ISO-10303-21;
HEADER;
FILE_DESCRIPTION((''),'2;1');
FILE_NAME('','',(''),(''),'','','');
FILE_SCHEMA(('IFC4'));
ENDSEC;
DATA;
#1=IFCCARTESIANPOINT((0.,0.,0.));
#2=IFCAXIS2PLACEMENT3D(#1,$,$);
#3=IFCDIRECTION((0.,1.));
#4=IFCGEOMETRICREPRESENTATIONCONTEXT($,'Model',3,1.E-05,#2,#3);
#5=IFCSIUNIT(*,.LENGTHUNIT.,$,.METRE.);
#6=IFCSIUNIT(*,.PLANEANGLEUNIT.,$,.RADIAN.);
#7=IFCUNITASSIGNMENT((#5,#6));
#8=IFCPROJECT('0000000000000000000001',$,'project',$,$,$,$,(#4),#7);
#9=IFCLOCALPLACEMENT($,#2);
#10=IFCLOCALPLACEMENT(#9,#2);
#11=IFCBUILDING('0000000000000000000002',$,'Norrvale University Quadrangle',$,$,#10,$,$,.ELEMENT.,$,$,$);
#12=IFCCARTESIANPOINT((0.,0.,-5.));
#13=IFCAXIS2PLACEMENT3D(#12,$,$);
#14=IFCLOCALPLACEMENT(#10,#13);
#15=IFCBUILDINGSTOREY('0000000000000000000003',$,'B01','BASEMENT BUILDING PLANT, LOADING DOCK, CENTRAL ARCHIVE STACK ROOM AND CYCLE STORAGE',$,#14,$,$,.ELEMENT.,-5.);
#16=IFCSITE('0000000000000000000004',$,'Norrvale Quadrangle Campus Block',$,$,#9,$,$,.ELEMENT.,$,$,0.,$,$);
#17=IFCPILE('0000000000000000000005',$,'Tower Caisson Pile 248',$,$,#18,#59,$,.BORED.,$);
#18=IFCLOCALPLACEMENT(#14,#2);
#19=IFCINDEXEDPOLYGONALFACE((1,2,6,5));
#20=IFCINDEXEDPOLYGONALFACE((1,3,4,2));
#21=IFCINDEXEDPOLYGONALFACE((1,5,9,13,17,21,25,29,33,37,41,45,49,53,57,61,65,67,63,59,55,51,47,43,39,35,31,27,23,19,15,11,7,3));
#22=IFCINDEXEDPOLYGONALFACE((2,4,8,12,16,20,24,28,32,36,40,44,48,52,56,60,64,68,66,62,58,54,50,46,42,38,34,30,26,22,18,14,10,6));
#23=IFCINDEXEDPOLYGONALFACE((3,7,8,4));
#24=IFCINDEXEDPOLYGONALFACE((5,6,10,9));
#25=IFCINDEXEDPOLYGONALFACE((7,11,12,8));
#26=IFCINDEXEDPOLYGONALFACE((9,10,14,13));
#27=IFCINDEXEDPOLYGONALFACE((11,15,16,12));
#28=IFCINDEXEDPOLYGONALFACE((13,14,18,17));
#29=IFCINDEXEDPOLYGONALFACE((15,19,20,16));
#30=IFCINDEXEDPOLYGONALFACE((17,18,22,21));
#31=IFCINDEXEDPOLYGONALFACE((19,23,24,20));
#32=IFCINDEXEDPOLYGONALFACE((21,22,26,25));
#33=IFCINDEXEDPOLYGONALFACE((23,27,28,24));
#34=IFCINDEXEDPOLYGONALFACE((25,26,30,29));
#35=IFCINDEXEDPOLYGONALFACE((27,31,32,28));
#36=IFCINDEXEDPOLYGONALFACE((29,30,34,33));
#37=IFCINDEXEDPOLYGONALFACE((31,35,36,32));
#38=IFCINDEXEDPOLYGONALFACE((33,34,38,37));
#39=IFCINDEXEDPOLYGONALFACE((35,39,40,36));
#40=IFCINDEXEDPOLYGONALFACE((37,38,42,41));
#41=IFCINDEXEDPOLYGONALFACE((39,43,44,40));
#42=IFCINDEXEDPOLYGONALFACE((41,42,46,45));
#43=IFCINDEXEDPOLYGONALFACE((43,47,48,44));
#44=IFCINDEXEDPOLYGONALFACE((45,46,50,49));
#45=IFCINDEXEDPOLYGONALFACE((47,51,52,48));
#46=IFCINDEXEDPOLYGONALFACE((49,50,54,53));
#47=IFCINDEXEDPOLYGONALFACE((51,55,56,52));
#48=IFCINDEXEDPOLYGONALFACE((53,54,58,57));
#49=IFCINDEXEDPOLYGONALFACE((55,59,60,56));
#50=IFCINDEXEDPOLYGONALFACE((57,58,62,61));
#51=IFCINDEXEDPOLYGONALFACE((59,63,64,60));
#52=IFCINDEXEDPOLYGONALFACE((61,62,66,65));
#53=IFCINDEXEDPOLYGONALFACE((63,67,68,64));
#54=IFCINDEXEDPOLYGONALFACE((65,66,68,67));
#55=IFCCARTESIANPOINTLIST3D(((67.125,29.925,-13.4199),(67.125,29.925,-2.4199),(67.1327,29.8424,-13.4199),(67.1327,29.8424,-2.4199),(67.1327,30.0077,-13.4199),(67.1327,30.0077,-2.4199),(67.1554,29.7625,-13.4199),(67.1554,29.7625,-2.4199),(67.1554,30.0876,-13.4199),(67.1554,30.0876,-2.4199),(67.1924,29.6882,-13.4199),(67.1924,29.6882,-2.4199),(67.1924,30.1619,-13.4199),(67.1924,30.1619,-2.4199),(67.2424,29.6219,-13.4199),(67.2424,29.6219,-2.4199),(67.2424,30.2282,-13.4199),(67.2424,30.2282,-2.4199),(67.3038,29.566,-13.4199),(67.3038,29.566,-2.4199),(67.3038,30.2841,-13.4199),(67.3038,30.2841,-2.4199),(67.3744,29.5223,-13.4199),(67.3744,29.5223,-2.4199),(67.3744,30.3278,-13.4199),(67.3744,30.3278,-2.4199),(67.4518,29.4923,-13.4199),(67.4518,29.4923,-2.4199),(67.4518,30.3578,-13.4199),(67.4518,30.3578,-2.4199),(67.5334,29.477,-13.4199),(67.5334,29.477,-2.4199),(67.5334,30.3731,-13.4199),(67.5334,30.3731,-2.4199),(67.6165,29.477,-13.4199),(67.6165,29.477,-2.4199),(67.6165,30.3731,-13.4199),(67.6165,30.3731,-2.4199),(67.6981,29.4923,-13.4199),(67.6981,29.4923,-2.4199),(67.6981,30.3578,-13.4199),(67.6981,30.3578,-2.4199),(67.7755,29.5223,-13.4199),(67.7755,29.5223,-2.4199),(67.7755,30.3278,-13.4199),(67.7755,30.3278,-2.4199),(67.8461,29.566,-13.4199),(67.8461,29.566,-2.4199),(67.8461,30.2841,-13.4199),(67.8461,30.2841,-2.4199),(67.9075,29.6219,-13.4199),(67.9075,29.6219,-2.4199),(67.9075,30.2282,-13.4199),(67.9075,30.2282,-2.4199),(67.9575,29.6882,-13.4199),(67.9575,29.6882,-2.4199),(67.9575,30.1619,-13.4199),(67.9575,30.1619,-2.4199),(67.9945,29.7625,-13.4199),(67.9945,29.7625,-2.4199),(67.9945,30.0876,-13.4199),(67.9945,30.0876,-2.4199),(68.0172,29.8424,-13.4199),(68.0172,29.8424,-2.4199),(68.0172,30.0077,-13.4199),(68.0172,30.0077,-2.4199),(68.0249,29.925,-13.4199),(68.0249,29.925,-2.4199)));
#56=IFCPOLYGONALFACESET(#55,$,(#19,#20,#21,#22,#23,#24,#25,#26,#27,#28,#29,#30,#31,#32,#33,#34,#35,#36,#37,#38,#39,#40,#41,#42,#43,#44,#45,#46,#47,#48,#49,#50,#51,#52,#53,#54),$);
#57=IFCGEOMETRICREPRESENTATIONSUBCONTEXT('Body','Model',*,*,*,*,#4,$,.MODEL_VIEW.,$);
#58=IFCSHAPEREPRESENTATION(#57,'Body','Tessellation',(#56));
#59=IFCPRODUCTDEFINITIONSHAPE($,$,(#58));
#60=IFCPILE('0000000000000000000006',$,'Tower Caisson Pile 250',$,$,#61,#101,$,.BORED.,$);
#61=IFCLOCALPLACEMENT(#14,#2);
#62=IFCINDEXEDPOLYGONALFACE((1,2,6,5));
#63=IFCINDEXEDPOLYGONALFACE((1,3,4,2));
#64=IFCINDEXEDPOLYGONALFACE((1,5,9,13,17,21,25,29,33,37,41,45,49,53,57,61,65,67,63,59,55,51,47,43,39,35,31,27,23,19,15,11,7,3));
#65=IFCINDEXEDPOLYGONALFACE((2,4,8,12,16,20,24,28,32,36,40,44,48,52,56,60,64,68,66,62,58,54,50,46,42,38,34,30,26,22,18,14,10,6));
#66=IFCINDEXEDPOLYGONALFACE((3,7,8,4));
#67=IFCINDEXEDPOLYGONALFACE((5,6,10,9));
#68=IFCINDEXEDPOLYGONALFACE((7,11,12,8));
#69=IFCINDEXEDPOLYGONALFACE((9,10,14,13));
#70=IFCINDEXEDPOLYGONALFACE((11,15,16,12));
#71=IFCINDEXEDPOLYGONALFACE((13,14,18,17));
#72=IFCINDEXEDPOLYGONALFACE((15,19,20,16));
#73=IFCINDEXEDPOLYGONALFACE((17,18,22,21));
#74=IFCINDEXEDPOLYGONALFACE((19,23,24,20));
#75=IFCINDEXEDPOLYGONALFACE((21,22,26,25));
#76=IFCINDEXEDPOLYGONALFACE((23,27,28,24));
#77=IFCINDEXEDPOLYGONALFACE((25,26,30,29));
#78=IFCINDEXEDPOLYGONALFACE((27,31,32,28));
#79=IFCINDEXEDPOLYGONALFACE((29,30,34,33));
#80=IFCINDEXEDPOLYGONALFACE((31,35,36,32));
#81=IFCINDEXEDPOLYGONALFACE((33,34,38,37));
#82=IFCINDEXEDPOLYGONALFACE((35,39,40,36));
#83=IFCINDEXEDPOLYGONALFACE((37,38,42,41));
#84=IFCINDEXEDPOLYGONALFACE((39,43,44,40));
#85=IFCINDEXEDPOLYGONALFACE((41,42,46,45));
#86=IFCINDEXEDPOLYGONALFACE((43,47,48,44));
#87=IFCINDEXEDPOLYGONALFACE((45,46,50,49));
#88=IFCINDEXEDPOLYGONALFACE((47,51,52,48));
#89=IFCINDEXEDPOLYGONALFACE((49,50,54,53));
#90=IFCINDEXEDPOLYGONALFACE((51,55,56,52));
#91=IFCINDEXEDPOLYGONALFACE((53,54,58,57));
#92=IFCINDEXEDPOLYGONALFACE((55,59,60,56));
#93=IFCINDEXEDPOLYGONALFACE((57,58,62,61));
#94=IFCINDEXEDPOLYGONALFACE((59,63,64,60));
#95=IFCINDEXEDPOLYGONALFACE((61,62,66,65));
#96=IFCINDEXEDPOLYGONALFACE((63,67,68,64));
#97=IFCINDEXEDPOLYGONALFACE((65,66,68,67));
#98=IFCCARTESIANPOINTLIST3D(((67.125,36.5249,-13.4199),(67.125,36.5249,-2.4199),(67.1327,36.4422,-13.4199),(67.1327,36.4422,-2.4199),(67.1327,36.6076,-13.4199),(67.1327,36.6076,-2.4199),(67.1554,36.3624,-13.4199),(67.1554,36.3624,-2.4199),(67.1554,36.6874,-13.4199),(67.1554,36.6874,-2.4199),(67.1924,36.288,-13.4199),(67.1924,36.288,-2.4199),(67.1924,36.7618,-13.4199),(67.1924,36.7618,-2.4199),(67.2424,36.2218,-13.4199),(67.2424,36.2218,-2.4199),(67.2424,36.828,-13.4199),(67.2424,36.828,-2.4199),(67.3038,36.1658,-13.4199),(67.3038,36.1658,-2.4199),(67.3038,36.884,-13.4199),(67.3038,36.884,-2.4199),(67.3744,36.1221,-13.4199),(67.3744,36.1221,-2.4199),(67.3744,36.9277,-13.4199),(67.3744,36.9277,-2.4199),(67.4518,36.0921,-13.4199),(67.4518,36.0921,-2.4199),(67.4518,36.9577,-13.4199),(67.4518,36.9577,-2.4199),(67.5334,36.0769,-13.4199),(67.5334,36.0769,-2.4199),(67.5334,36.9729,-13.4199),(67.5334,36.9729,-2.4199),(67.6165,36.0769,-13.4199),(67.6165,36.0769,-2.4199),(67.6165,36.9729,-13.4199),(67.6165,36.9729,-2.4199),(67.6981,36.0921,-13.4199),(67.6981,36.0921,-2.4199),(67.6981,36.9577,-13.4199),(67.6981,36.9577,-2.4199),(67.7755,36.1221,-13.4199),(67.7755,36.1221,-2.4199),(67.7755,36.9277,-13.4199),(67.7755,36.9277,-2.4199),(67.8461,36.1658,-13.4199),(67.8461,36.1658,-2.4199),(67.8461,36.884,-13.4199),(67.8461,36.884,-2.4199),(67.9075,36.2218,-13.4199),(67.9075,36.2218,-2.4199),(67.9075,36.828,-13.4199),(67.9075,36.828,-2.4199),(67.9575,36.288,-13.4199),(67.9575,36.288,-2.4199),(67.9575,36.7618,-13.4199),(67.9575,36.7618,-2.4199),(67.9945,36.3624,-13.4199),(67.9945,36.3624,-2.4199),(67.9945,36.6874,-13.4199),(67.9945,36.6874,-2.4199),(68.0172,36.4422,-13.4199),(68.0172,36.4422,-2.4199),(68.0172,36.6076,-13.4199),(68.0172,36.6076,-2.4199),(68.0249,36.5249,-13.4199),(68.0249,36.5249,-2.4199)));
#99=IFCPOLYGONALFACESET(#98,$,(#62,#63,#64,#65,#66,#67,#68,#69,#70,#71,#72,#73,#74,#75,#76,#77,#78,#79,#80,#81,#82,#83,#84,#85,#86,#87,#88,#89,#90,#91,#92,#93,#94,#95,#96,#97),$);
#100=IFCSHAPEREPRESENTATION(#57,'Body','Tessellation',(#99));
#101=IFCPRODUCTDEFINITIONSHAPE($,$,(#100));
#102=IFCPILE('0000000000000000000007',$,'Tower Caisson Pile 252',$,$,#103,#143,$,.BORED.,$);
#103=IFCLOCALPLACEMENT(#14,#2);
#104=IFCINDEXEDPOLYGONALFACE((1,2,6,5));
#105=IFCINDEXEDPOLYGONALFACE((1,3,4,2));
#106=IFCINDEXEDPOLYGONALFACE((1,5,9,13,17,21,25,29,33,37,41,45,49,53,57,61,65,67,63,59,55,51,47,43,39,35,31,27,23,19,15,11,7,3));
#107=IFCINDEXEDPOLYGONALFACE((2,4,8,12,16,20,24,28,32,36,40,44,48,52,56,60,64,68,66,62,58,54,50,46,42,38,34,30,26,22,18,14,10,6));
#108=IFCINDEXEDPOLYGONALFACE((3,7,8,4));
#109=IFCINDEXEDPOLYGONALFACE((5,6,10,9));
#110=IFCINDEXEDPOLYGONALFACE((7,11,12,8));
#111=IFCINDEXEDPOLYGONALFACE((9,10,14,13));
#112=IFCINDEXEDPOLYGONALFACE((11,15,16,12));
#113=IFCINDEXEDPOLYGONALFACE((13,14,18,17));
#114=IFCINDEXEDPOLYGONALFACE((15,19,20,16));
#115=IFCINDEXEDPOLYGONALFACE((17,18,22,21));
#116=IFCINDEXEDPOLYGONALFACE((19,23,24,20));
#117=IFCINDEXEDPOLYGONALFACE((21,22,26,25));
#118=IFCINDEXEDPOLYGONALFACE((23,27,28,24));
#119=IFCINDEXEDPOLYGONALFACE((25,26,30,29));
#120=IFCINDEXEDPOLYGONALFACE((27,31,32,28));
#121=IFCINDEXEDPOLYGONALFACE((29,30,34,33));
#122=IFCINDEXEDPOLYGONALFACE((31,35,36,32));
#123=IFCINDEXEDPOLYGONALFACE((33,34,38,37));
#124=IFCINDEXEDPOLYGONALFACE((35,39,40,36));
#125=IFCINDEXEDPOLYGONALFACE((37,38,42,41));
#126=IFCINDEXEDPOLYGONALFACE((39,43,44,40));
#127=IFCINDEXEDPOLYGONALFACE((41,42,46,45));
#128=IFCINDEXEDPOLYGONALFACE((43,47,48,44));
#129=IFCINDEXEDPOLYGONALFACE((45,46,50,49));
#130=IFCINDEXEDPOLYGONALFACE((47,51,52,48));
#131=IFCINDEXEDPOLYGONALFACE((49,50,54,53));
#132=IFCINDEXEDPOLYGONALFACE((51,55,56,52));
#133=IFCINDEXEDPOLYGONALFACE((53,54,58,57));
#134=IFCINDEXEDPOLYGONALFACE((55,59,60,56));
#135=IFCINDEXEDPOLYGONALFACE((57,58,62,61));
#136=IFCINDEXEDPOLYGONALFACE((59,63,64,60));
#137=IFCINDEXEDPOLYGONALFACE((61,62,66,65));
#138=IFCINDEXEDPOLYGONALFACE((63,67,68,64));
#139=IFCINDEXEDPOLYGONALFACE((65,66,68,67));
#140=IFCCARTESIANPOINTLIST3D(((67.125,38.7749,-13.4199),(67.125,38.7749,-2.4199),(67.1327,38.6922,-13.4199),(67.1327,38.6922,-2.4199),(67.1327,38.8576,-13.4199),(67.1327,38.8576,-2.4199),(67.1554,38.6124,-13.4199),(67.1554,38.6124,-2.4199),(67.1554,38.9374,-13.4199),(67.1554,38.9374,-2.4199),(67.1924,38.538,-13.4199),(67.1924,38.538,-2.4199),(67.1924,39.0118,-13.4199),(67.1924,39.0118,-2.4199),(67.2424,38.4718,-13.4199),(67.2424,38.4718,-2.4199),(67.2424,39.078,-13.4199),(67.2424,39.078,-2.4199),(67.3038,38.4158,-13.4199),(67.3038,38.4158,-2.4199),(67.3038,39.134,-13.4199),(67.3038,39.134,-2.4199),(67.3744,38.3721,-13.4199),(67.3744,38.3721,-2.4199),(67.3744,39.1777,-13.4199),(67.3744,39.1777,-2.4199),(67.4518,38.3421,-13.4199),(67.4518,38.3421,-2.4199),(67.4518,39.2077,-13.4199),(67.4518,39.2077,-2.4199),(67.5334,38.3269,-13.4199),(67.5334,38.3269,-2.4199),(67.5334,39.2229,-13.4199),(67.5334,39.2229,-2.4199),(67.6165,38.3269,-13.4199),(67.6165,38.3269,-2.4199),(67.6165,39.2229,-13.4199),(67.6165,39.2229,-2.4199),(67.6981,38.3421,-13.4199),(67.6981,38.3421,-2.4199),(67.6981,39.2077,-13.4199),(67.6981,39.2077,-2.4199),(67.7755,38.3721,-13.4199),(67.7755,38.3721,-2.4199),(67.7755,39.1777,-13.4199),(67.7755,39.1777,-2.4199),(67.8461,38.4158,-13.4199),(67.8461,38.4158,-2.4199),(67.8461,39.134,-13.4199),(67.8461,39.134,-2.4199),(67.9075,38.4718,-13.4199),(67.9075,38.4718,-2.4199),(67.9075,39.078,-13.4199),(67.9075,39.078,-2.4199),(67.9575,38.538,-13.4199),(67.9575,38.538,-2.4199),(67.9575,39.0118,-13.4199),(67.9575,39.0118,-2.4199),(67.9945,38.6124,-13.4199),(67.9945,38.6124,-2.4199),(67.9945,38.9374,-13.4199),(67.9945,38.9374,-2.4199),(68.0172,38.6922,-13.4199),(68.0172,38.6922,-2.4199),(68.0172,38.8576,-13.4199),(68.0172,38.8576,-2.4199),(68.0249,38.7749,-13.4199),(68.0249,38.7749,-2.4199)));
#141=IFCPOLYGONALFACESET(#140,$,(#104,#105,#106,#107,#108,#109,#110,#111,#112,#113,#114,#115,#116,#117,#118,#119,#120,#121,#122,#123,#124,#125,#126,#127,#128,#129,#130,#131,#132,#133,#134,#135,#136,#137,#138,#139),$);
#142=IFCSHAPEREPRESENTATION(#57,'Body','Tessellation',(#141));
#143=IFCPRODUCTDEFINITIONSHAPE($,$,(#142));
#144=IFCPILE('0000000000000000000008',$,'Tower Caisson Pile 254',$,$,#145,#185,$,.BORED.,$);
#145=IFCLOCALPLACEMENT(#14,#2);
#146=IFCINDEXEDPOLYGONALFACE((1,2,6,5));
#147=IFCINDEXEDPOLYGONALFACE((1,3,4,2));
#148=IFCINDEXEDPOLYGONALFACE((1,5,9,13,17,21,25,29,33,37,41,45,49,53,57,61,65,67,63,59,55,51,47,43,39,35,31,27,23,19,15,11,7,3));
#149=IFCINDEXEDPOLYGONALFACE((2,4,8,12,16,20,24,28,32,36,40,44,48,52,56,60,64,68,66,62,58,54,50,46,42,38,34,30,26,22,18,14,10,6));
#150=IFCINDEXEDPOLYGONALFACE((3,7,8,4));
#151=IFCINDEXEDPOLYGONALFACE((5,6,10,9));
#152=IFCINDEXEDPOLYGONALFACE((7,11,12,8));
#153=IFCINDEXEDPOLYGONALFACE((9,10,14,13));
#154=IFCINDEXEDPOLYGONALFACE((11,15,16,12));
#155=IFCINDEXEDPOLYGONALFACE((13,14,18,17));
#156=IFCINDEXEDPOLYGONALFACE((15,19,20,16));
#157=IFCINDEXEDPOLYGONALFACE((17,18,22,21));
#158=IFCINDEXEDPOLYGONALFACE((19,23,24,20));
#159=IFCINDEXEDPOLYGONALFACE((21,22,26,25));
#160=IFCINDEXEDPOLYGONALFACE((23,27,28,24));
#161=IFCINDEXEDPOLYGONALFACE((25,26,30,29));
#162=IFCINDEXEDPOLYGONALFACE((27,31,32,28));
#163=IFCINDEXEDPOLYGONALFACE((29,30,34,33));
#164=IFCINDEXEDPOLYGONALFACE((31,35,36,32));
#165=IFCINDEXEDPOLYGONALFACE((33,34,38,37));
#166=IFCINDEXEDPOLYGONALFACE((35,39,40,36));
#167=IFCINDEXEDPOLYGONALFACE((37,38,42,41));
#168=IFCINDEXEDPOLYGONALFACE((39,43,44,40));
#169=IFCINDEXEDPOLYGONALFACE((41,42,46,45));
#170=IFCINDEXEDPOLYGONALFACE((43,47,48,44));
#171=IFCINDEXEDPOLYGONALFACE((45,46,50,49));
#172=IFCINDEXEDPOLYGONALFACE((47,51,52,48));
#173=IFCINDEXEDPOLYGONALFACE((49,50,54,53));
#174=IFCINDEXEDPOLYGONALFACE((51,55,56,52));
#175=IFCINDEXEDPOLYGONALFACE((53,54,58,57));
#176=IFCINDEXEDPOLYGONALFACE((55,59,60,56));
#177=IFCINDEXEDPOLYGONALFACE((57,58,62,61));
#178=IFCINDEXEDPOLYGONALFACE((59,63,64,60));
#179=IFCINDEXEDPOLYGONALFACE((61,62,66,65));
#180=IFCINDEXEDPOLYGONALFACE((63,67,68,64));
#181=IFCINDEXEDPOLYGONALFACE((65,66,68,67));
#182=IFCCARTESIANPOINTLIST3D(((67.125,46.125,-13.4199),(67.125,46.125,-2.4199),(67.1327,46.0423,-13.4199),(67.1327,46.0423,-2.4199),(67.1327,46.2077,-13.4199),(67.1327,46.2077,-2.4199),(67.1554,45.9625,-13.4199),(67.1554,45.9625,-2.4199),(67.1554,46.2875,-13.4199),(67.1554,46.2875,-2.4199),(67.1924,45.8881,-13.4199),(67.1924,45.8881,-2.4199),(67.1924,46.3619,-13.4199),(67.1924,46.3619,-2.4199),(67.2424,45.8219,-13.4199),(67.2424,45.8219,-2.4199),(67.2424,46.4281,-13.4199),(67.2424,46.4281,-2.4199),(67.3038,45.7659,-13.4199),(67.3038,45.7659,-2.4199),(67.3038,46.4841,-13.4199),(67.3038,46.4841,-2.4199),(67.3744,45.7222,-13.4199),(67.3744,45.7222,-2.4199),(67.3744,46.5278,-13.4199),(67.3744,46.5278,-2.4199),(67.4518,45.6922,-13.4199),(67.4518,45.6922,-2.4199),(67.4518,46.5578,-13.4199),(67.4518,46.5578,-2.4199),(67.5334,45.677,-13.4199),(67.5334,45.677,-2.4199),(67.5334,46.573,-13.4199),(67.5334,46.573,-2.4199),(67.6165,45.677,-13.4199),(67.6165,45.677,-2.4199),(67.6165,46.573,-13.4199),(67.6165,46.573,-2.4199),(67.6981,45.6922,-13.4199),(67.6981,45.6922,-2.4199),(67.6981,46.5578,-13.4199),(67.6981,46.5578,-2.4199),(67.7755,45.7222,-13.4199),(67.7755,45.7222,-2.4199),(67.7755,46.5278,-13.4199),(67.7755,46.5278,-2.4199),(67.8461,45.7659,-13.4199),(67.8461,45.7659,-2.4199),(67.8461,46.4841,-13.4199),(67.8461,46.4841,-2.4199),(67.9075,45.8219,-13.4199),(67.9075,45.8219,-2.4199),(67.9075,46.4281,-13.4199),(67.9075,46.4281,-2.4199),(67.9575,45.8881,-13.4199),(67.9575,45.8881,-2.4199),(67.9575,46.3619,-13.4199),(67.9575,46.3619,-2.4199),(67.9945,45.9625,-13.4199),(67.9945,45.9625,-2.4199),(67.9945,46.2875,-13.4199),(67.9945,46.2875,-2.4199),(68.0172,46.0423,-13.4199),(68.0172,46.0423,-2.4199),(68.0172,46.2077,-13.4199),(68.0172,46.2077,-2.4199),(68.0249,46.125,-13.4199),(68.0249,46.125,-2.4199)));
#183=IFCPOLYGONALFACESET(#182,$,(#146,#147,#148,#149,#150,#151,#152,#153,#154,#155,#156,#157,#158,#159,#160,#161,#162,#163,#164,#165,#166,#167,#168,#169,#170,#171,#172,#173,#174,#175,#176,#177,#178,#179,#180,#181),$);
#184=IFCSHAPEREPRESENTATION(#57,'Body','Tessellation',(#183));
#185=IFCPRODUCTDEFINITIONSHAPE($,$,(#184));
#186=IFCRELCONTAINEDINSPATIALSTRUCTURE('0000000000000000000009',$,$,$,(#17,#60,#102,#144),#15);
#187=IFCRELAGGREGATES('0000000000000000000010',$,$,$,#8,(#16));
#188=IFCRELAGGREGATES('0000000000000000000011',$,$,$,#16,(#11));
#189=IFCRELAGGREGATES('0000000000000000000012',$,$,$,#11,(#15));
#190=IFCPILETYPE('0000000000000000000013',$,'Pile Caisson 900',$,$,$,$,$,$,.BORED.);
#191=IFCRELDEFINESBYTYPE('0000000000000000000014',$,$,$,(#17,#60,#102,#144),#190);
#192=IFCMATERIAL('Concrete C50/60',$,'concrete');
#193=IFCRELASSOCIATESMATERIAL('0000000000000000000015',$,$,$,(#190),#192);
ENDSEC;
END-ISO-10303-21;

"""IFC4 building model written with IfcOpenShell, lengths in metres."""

from ifc_helpers import new_model, si_unit, direction, frame, origin, origin_2d, place, context, subcontext, project, spatial, circle, extrude, material, material_profile, profile_set, type_object, element, save


model = new_model("IFC4")

# Units and contexts
model_context = context("Model", 3, precision=1e-05, world=origin(), true_north=direction((0.0, 1.0)))
body_context = subcontext(model_context, "Body", "Model", "MODEL_VIEW")
ifc_project = project(units=[si_unit("LENGTHUNIT", "METRE"), si_unit("PLANEANGLEUNIT", "RADIAN")], contexts=[model_context])

# Site, building, storey
site_placement = place(None, origin())
site = spatial("IfcSite", under=ifc_project, at=site_placement, Name="Norrvale Quadrangle Campus Block", CompositionType="ELEMENT", RefElevation=0.0)
building_placement = place(site_placement, origin())
building = spatial("IfcBuilding", under=site, at=building_placement, Name="Norrvale University Quadrangle", CompositionType="ELEMENT")
storey_placement = place(building_placement, frame((0.0, 0.0, -5.0)))
storey = spatial("IfcBuildingStorey", under=building, at=storey_placement, Name="B01", Description="BASEMENT BUILDING PLANT, LOADING DOCK, CENTRAL ARCHIVE STACK ROOM AND CYCLE STORAGE", CompositionType="ELEMENT", Elevation=-5.0)

# Shared definitions
ifc_material_1 = material(Name="Concrete C50/60", Category="concrete")

# Piles
ifc_material_profile_1 = material_profile(ifc_material_1, circle(Radius=0.45, at=origin_2d()), Name="Concrete C50/60")
ifc_profile_set_1 = profile_set([ifc_material_profile_1], Name="Concrete C50/60")
pile_type_1 = type_object("IfcPileType", Name="Pile Caisson 900", PredefinedType="BORED", material=ifc_profile_set_1)
for number, where, z_axis, x_axis, name in (
    (1, (67.575, 29.925, -2.4199), (0.0, 0.0, -1.0), (1.0, 0.0, 0.0), "Tower Caisson Pile 248"),
    (2, (67.575, 36.5249, -2.4199), (0.0, 0.0, -1.0), (1.0, 0.0, 0.0), "Tower Caisson Pile 250"),
    (3, (67.575, 38.7749, -2.4199), (0.0, 0.0, -1.0), (1.0, 0.0, 0.0), "Tower Caisson Pile 252"),
    (4, (67.575, 46.125, -2.4199), (0.0, 0.0, -1.0), (1.0, 0.0, 0.0), "Tower Caisson Pile 254"),
):
    element("IfcPile", number, at=place(storey_placement, frame(where, z_axis=z_axis, x_axis=x_axis)), inside=storey, type_object=pile_type_1, Name=name, PredefinedType="BORED", context=body_context, shape_type="SweptSolid", body=[
        extrude(circle(Radius=0.45, at=origin_2d()), origin(), (0.0, 0.0, 1.0), 11.0),
    ])

save(model, "model.ifc")
